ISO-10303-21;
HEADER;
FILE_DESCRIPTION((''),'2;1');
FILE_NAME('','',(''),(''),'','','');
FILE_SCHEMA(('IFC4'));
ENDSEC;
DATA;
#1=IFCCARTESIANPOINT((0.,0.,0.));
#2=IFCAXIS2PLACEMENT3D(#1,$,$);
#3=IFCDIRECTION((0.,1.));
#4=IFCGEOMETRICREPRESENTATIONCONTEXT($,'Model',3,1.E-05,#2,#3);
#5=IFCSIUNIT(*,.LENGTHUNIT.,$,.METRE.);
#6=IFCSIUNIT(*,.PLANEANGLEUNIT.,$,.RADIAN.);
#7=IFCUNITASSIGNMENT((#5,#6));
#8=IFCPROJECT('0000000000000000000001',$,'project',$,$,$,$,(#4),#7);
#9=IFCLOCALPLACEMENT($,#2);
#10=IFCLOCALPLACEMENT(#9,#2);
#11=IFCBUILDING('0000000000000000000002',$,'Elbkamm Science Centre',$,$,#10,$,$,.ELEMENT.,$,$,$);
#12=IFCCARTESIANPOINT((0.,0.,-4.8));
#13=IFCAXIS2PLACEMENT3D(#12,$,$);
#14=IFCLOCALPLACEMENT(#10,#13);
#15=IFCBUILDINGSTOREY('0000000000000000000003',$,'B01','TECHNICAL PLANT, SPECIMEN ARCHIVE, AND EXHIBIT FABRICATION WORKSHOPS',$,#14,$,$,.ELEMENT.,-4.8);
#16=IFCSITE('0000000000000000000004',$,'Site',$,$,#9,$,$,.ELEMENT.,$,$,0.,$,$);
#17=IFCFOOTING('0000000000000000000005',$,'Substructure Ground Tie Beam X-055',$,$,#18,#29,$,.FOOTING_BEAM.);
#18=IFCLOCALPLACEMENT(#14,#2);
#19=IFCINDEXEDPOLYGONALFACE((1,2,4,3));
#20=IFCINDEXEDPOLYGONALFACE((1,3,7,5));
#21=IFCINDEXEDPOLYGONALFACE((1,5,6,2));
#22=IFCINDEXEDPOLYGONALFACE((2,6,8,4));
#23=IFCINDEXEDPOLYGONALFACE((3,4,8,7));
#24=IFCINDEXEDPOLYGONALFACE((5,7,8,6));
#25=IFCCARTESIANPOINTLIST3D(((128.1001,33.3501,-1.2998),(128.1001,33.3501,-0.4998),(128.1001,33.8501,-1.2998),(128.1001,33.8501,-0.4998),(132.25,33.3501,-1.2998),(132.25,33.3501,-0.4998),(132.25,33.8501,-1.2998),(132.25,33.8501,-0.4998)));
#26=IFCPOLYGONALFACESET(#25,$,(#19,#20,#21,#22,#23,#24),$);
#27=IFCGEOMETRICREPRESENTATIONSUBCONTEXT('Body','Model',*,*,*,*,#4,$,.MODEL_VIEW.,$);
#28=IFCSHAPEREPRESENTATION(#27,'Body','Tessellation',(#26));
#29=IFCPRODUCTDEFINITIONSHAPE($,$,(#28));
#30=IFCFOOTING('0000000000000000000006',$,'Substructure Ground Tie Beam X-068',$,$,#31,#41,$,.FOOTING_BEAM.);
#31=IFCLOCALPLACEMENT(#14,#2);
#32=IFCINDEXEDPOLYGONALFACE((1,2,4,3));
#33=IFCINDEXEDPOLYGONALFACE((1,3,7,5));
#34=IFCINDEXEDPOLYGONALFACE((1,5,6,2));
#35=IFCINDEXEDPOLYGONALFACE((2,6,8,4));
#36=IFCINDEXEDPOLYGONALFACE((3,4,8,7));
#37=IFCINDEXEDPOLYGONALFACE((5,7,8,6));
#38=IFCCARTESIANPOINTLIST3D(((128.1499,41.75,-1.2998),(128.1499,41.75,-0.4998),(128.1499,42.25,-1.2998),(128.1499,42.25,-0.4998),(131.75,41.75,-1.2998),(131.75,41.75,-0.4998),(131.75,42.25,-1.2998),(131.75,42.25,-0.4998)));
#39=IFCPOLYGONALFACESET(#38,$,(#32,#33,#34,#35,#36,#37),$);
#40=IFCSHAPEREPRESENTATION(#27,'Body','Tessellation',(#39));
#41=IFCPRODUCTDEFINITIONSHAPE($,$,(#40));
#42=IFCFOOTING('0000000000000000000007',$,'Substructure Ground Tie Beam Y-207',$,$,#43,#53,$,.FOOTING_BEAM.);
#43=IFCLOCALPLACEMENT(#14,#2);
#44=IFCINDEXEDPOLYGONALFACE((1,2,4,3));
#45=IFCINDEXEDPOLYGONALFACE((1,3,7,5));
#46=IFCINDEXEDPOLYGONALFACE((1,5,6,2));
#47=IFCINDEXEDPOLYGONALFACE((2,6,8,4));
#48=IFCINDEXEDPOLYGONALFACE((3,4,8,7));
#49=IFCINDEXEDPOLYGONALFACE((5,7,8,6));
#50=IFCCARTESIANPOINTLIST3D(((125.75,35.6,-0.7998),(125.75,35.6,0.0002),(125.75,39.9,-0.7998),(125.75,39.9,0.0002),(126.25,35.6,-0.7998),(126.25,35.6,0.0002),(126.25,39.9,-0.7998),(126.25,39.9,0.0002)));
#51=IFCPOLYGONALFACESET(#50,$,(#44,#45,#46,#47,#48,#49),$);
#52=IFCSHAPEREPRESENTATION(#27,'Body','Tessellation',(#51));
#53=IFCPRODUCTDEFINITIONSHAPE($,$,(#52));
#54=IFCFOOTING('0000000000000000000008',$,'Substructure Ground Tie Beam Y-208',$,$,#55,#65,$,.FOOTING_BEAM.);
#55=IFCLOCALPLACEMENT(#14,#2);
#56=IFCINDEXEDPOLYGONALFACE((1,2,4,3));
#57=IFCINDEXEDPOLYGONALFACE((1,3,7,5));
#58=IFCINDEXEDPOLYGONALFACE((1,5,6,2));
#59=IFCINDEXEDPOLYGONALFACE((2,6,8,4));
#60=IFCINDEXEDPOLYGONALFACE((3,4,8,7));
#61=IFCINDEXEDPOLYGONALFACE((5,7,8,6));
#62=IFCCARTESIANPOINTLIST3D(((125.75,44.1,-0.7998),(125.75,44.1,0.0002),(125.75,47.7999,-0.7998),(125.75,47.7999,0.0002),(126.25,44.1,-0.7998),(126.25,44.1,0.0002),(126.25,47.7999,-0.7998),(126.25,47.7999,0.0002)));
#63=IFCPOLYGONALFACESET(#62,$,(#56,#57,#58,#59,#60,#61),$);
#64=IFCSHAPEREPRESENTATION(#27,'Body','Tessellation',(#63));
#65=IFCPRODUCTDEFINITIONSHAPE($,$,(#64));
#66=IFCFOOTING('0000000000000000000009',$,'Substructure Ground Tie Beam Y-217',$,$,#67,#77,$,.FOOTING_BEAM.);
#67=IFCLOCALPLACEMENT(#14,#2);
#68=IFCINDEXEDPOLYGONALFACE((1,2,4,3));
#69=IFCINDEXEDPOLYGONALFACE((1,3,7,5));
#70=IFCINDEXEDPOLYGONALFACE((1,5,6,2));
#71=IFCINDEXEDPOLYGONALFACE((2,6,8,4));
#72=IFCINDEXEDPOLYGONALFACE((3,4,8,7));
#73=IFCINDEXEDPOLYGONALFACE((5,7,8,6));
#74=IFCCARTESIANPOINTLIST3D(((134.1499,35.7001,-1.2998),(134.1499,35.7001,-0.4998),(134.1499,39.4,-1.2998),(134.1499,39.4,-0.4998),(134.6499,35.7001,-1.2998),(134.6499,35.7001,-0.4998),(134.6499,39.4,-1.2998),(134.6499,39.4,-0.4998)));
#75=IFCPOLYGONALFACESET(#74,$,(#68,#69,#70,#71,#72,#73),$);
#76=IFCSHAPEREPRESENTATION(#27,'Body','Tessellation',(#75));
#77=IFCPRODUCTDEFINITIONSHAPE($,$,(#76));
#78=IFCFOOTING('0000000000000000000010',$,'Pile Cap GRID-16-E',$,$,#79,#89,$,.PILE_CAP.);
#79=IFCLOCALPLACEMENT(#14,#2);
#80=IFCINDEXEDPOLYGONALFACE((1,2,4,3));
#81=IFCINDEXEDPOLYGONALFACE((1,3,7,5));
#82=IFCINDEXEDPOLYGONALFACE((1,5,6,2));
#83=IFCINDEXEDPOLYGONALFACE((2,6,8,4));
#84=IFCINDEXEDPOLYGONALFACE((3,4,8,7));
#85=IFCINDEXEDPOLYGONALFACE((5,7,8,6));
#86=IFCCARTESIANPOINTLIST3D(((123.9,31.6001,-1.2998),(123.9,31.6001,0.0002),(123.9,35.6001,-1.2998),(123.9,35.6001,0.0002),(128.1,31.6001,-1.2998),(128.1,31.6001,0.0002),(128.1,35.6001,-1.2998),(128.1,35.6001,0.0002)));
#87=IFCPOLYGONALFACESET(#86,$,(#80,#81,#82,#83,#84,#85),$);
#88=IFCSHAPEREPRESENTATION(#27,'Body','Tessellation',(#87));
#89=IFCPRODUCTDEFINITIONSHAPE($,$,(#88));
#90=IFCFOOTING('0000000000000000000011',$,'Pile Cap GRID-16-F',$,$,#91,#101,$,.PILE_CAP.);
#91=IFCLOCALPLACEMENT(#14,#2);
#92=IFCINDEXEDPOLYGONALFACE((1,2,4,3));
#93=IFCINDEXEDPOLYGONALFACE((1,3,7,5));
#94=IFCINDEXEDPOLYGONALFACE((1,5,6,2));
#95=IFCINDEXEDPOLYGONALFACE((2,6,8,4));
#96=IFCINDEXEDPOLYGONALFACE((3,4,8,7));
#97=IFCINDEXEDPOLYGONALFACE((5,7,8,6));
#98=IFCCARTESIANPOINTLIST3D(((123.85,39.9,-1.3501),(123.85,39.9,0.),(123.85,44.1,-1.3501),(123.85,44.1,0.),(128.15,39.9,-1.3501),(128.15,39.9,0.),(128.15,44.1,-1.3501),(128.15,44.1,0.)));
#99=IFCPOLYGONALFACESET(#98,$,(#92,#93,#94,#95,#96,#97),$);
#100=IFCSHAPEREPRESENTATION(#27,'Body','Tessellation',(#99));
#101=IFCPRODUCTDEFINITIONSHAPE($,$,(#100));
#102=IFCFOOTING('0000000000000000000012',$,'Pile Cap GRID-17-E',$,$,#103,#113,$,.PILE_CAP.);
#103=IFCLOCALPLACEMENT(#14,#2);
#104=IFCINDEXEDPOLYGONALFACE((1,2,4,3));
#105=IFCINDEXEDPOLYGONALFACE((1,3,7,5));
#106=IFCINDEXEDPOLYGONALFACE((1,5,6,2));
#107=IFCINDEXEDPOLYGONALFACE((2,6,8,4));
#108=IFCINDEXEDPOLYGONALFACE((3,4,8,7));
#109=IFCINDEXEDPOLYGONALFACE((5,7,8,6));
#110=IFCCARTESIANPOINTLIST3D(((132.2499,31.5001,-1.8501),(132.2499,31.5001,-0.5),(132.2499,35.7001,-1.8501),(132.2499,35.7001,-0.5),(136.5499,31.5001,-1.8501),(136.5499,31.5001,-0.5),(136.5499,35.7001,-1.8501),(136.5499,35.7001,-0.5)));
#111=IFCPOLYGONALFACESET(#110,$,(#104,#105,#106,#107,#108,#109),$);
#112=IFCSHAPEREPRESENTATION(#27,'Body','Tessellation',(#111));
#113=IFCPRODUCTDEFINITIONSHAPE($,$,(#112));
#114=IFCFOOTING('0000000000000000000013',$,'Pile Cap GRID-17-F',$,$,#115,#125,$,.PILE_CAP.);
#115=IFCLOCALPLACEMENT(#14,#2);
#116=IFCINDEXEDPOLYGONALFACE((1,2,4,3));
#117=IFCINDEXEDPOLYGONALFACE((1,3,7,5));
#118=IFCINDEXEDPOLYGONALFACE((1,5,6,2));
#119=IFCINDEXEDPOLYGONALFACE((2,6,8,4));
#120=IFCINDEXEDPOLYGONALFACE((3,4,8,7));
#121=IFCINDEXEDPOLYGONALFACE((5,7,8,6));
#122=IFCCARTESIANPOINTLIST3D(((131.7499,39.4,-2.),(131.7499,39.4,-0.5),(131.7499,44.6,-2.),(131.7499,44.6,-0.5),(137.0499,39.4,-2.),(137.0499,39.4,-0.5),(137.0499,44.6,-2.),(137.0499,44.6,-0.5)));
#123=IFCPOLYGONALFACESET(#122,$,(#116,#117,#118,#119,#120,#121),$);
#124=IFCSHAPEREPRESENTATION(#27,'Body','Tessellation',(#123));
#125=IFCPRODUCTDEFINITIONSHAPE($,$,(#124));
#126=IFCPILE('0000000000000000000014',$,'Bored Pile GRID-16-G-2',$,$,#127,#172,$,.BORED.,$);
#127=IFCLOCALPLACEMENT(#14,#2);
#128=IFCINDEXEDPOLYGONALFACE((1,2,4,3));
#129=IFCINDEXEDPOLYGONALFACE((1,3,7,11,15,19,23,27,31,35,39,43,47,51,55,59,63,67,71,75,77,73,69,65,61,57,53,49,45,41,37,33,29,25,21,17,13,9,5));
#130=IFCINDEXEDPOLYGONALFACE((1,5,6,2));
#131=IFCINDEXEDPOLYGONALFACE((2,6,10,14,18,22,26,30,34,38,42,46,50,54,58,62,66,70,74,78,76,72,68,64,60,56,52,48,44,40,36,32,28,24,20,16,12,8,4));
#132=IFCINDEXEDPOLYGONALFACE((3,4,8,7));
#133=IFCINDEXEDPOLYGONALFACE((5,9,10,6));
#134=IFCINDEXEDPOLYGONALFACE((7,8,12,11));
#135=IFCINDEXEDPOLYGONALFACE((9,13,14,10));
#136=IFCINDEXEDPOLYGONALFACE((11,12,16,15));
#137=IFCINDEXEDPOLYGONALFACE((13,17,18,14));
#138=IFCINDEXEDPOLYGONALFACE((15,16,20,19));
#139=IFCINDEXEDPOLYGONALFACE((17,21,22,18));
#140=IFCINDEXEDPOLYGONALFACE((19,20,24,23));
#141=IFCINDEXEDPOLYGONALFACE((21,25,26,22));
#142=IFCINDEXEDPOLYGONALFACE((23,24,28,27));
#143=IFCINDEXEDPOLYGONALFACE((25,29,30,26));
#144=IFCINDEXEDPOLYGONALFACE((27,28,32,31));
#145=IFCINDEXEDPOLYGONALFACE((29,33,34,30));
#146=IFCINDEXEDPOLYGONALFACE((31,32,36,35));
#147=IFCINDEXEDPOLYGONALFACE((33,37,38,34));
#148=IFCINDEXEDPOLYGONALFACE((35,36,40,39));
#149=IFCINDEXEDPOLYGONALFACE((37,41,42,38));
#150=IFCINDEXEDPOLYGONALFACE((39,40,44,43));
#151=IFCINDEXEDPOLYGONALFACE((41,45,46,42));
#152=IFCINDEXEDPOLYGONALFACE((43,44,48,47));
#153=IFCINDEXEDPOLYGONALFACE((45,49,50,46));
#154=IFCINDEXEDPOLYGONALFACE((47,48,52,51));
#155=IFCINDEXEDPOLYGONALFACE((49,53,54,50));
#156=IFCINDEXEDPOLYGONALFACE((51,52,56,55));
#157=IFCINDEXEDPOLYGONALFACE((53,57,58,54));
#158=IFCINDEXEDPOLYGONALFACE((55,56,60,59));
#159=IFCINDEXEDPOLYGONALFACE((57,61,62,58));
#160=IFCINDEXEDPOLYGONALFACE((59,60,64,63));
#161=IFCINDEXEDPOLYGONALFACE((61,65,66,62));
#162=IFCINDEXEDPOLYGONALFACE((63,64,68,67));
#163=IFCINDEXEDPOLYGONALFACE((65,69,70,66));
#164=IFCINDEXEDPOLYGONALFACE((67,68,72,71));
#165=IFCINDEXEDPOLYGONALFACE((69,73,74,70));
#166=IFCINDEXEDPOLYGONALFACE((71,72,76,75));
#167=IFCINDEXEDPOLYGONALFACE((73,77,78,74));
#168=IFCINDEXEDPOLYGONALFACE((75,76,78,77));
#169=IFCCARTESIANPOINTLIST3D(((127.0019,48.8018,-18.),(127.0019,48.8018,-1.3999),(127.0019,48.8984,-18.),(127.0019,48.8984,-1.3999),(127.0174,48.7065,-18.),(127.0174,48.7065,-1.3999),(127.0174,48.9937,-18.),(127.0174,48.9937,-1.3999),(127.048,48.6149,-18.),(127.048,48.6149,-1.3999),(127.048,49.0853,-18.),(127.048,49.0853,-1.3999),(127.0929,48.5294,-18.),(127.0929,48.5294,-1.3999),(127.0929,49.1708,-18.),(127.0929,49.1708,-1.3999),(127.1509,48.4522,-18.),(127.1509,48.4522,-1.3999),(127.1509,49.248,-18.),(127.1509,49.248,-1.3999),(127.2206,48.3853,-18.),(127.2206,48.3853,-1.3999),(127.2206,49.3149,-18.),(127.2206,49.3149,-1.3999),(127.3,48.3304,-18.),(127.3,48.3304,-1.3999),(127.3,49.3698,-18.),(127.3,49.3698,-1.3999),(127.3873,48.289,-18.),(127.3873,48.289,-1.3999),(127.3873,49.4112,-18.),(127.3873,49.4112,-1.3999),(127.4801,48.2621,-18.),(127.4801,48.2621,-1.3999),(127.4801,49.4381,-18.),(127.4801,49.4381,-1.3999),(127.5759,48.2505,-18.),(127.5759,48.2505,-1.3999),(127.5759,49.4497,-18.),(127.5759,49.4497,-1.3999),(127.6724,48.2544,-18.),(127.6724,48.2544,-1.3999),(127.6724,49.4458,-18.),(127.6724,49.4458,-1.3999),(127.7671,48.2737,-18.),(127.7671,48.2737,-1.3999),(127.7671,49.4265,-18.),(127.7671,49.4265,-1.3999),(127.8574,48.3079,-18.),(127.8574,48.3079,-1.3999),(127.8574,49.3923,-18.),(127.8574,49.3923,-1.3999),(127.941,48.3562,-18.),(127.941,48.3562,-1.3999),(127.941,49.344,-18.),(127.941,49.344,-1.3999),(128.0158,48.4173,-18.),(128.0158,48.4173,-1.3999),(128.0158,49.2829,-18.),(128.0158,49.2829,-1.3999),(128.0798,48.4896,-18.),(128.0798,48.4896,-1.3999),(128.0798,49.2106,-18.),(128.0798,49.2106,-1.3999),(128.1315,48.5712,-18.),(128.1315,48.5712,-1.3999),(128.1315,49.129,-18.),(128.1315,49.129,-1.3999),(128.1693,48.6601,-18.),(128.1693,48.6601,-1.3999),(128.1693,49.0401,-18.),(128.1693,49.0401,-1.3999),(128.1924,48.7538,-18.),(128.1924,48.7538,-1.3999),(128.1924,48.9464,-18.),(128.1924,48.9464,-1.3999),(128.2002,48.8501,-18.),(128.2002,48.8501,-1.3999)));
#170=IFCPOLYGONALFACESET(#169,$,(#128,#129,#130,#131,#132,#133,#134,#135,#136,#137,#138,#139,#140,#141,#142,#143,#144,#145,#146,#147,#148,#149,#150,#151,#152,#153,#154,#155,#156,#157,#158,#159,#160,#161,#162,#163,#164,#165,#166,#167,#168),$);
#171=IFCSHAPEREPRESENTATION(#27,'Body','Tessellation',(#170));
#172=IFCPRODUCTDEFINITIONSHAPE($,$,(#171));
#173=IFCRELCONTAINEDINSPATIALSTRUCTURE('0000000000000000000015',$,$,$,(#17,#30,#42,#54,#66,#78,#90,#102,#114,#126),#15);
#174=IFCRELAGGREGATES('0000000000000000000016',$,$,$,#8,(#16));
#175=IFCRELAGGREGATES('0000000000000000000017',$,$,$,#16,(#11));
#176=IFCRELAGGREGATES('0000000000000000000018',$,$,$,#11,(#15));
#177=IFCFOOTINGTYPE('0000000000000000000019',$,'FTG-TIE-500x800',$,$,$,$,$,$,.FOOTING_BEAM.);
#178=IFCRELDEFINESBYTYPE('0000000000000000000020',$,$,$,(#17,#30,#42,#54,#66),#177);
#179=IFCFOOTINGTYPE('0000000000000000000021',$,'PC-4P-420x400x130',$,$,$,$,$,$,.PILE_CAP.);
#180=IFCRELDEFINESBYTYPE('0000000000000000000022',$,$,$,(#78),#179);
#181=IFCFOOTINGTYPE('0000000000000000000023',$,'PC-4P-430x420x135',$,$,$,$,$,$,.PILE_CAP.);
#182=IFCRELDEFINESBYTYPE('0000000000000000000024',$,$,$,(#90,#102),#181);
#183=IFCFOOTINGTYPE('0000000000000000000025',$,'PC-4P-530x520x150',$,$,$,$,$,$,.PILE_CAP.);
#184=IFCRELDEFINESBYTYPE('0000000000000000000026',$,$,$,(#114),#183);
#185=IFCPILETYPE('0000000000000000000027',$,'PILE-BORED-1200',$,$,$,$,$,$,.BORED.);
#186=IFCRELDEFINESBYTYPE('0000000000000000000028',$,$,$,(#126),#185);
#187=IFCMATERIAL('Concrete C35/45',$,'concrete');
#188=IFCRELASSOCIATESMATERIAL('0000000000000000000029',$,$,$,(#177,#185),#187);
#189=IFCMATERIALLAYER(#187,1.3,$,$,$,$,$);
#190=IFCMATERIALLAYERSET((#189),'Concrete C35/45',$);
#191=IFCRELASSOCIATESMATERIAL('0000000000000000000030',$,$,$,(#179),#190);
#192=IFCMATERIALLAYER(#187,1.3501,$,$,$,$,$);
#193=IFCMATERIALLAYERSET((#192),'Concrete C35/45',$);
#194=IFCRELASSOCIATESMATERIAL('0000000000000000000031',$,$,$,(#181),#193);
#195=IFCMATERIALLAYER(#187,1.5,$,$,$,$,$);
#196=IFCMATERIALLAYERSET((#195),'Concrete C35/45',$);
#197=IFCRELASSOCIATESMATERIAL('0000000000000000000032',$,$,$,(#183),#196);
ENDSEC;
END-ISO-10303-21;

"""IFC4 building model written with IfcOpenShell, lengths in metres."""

from ifc_helpers import new_model, si_unit, direction, frame, origin, origin_2d, place, context, subcontext, project, spatial, rectangle, circle, extrude, material, layer, layer_set, material_profile, profile_set, type_object, element, save


model = new_model("IFC4")

# Units and contexts
model_context = context("Model", 3, precision=1e-05, world=origin(), true_north=direction((0.0, 1.0)))
body_context = subcontext(model_context, "Body", "Model", "MODEL_VIEW")
ifc_project = project(units=[si_unit("LENGTHUNIT", "METRE"), si_unit("PLANEANGLEUNIT", "RADIAN")], contexts=[model_context])

# Site, building, storey
site_placement = place(None, origin())
site = spatial("IfcSite", under=ifc_project, at=site_placement, Name="Site", CompositionType="ELEMENT", RefElevation=0.0)
building_placement = place(site_placement, origin())
building = spatial("IfcBuilding", under=site, at=building_placement, Name="Elbkamm Science Centre", CompositionType="ELEMENT")
storey_placement = place(building_placement, frame((0.0, 0.0, -4.8)))
storey = spatial("IfcBuildingStorey", under=building, at=storey_placement, Name="B01", Description="TECHNICAL PLANT, SPECIMEN ARCHIVE, AND EXHIBIT FABRICATION WORKSHOPS", CompositionType="ELEMENT", Elevation=-4.8)

# Footings
ifc_material_1 = material(Name="Concrete C35/45", Category="concrete")
footing_type_1 = type_object("IfcFootingType", Name="FTG-TIE-500x800", PredefinedType="FOOTING_BEAM", material=ifc_material_1)
footing_1_placement = place(storey_placement, frame((130.175, 33.6001, -1.2998), z_axis=(0.0, 0.0, 1.0), x_axis=(1.0, 0.0, 0.0)))
element("IfcFooting", 1, at=footing_1_placement, inside=storey, type_object=footing_type_1, Name="Substructure Ground Tie Beam X-055", PredefinedType="FOOTING_BEAM", context=body_context, shape_type="SweptSolid", body=[
    extrude(rectangle(XDim=4.1499, YDim=0.5, at=origin_2d()), origin(), (0.0, 0.0, 1.0), 0.8),
])
footing_2_placement = place(storey_placement, frame((129.95, 42.0, -1.2998), z_axis=(0.0, 0.0, 1.0), x_axis=(1.0, 0.0, 0.0)))
element("IfcFooting", 2, at=footing_2_placement, inside=storey, type_object=footing_type_1, Name="Substructure Ground Tie Beam X-068", PredefinedType="FOOTING_BEAM", context=body_context, shape_type="SweptSolid", body=[
    extrude(rectangle(XDim=3.6001, YDim=0.5, at=origin_2d()), origin(), (0.0, 0.0, 1.0), 0.8),
])
footing_3_placement = place(storey_placement, frame((126.0, 37.75, -0.7998), z_axis=(0.0, 0.0, 1.0), x_axis=(1.0, 0.0, 0.0)))
element("IfcFooting", 3, at=footing_3_placement, inside=storey, type_object=footing_type_1, Name="Substructure Ground Tie Beam Y-207", PredefinedType="FOOTING_BEAM", context=body_context, shape_type="SweptSolid", body=[
    extrude(rectangle(XDim=0.5, YDim=4.3, at=origin_2d()), origin(), (0.0, 0.0, 1.0), 0.8),
])
for number, where, z_axis, x_axis, name in (
    (4, (126.0, 45.95, -0.7998), (0.0, 0.0, 1.0), (1.0, 0.0, 0.0), "Substructure Ground Tie Beam Y-208"),
    (5, (134.3999, 37.55, -1.2998), (0.0, 0.0, 1.0), (1.0, 0.0, 0.0), "Substructure Ground Tie Beam Y-217"),
):
    element("IfcFooting", number, at=place(storey_placement, frame(where, z_axis=z_axis, x_axis=x_axis)), inside=storey, type_object=footing_type_1, Name=name, PredefinedType="FOOTING_BEAM", context=body_context, shape_type="SweptSolid", body=[
        extrude(rectangle(XDim=0.5, YDim=3.7, at=origin_2d()), origin(), (0.0, 0.0, 1.0), 0.8),
    ])
ifc_layer_1 = layer(ifc_material_1, 1.3)
ifc_layer_set_1 = layer_set([ifc_layer_1], Name="Concrete C35/45")
footing_type_2 = type_object("IfcFootingType", Name="PC-4P-420x400x130", PredefinedType="PILE_CAP", material=ifc_layer_set_1)
footing_4_placement = place(storey_placement, frame((126.0, 33.6001, -1.2998), z_axis=(0.0, 0.0, 1.0), x_axis=(1.0, 0.0, 0.0)))
element("IfcFooting", 6, at=footing_4_placement, inside=storey, type_object=footing_type_2, Name="Pile Cap GRID-16-E", PredefinedType="PILE_CAP", context=body_context, shape_type="SweptSolid", body=[
    extrude(rectangle(XDim=4.2, YDim=4.0, at=origin_2d()), origin(), (0.0, 0.0, 1.0), 1.3),
])
ifc_layer_2 = layer(ifc_material_1, 1.3501)
ifc_layer_set_2 = layer_set([ifc_layer_2], Name="Concrete C35/45")
footing_type_3 = type_object("IfcFootingType", Name="PC-4P-430x420x135", PredefinedType="PILE_CAP", material=ifc_layer_set_2)
for number, where, z_axis, x_axis, name in (
    (7, (126.0, 42.0, -1.3501), (0.0, 0.0, 1.0), (1.0, 0.0, 0.0), "Pile Cap GRID-16-F"),
    (8, (134.3999, 33.6001, -1.8501), (0.0, 0.0, 1.0), (1.0, 0.0, 0.0), "Pile Cap GRID-17-E"),
):
    element("IfcFooting", number, at=place(storey_placement, frame(where, z_axis=z_axis, x_axis=x_axis)), inside=storey, type_object=footing_type_3, Name=name, PredefinedType="PILE_CAP", context=body_context, shape_type="SweptSolid", body=[
        extrude(rectangle(XDim=4.3, YDim=4.2, at=origin_2d()), origin(), (0.0, 0.0, 1.0), 1.3501),
    ])
ifc_layer_3 = layer(ifc_material_1, 1.5)
ifc_layer_set_3 = layer_set([ifc_layer_3], Name="Concrete C35/45")
footing_type_4 = type_object("IfcFootingType", Name="PC-4P-530x520x150", PredefinedType="PILE_CAP", material=ifc_layer_set_3)
footing_5_placement = place(storey_placement, frame((134.3999, 42.0, -2.0), z_axis=(0.0, 0.0, 1.0), x_axis=(1.0, 0.0, 0.0)))
element("IfcFooting", 9, at=footing_5_placement, inside=storey, type_object=footing_type_4, Name="Pile Cap GRID-17-F", PredefinedType="PILE_CAP", context=body_context, shape_type="SweptSolid", body=[
    extrude(rectangle(XDim=5.3, YDim=5.2, at=origin_2d()), origin(), (0.0, 0.0, 1.0), 1.5),
])

# Pile
ifc_material_profile_1 = material_profile(ifc_material_1, circle(Radius=0.6001, at=origin_2d()), Name="PILE D1200")
ifc_profile_set_1 = profile_set([ifc_material_profile_1], Name="Concrete C35/45")
pile_type_1 = type_object("IfcPileType", Name="PILE-BORED-1200", PredefinedType="BORED", material=ifc_profile_set_1)
pile_1_placement = place(storey_placement, frame((127.6001, 48.8501, -1.3999), z_axis=(0.0, 0.0, -1.0), x_axis=(1.0, 0.0, 0.0)))
element("IfcPile", 10, at=pile_1_placement, inside=storey, type_object=pile_type_1, Name="Bored Pile GRID-16-G-2", PredefinedType="BORED", context=body_context, shape_type="SweptSolid", body=[
    extrude(circle(Radius=0.6001, at=origin_2d()), origin(), (0.0, 0.0, 1.0), 16.6001),
])

save(model, "model.ifc")
